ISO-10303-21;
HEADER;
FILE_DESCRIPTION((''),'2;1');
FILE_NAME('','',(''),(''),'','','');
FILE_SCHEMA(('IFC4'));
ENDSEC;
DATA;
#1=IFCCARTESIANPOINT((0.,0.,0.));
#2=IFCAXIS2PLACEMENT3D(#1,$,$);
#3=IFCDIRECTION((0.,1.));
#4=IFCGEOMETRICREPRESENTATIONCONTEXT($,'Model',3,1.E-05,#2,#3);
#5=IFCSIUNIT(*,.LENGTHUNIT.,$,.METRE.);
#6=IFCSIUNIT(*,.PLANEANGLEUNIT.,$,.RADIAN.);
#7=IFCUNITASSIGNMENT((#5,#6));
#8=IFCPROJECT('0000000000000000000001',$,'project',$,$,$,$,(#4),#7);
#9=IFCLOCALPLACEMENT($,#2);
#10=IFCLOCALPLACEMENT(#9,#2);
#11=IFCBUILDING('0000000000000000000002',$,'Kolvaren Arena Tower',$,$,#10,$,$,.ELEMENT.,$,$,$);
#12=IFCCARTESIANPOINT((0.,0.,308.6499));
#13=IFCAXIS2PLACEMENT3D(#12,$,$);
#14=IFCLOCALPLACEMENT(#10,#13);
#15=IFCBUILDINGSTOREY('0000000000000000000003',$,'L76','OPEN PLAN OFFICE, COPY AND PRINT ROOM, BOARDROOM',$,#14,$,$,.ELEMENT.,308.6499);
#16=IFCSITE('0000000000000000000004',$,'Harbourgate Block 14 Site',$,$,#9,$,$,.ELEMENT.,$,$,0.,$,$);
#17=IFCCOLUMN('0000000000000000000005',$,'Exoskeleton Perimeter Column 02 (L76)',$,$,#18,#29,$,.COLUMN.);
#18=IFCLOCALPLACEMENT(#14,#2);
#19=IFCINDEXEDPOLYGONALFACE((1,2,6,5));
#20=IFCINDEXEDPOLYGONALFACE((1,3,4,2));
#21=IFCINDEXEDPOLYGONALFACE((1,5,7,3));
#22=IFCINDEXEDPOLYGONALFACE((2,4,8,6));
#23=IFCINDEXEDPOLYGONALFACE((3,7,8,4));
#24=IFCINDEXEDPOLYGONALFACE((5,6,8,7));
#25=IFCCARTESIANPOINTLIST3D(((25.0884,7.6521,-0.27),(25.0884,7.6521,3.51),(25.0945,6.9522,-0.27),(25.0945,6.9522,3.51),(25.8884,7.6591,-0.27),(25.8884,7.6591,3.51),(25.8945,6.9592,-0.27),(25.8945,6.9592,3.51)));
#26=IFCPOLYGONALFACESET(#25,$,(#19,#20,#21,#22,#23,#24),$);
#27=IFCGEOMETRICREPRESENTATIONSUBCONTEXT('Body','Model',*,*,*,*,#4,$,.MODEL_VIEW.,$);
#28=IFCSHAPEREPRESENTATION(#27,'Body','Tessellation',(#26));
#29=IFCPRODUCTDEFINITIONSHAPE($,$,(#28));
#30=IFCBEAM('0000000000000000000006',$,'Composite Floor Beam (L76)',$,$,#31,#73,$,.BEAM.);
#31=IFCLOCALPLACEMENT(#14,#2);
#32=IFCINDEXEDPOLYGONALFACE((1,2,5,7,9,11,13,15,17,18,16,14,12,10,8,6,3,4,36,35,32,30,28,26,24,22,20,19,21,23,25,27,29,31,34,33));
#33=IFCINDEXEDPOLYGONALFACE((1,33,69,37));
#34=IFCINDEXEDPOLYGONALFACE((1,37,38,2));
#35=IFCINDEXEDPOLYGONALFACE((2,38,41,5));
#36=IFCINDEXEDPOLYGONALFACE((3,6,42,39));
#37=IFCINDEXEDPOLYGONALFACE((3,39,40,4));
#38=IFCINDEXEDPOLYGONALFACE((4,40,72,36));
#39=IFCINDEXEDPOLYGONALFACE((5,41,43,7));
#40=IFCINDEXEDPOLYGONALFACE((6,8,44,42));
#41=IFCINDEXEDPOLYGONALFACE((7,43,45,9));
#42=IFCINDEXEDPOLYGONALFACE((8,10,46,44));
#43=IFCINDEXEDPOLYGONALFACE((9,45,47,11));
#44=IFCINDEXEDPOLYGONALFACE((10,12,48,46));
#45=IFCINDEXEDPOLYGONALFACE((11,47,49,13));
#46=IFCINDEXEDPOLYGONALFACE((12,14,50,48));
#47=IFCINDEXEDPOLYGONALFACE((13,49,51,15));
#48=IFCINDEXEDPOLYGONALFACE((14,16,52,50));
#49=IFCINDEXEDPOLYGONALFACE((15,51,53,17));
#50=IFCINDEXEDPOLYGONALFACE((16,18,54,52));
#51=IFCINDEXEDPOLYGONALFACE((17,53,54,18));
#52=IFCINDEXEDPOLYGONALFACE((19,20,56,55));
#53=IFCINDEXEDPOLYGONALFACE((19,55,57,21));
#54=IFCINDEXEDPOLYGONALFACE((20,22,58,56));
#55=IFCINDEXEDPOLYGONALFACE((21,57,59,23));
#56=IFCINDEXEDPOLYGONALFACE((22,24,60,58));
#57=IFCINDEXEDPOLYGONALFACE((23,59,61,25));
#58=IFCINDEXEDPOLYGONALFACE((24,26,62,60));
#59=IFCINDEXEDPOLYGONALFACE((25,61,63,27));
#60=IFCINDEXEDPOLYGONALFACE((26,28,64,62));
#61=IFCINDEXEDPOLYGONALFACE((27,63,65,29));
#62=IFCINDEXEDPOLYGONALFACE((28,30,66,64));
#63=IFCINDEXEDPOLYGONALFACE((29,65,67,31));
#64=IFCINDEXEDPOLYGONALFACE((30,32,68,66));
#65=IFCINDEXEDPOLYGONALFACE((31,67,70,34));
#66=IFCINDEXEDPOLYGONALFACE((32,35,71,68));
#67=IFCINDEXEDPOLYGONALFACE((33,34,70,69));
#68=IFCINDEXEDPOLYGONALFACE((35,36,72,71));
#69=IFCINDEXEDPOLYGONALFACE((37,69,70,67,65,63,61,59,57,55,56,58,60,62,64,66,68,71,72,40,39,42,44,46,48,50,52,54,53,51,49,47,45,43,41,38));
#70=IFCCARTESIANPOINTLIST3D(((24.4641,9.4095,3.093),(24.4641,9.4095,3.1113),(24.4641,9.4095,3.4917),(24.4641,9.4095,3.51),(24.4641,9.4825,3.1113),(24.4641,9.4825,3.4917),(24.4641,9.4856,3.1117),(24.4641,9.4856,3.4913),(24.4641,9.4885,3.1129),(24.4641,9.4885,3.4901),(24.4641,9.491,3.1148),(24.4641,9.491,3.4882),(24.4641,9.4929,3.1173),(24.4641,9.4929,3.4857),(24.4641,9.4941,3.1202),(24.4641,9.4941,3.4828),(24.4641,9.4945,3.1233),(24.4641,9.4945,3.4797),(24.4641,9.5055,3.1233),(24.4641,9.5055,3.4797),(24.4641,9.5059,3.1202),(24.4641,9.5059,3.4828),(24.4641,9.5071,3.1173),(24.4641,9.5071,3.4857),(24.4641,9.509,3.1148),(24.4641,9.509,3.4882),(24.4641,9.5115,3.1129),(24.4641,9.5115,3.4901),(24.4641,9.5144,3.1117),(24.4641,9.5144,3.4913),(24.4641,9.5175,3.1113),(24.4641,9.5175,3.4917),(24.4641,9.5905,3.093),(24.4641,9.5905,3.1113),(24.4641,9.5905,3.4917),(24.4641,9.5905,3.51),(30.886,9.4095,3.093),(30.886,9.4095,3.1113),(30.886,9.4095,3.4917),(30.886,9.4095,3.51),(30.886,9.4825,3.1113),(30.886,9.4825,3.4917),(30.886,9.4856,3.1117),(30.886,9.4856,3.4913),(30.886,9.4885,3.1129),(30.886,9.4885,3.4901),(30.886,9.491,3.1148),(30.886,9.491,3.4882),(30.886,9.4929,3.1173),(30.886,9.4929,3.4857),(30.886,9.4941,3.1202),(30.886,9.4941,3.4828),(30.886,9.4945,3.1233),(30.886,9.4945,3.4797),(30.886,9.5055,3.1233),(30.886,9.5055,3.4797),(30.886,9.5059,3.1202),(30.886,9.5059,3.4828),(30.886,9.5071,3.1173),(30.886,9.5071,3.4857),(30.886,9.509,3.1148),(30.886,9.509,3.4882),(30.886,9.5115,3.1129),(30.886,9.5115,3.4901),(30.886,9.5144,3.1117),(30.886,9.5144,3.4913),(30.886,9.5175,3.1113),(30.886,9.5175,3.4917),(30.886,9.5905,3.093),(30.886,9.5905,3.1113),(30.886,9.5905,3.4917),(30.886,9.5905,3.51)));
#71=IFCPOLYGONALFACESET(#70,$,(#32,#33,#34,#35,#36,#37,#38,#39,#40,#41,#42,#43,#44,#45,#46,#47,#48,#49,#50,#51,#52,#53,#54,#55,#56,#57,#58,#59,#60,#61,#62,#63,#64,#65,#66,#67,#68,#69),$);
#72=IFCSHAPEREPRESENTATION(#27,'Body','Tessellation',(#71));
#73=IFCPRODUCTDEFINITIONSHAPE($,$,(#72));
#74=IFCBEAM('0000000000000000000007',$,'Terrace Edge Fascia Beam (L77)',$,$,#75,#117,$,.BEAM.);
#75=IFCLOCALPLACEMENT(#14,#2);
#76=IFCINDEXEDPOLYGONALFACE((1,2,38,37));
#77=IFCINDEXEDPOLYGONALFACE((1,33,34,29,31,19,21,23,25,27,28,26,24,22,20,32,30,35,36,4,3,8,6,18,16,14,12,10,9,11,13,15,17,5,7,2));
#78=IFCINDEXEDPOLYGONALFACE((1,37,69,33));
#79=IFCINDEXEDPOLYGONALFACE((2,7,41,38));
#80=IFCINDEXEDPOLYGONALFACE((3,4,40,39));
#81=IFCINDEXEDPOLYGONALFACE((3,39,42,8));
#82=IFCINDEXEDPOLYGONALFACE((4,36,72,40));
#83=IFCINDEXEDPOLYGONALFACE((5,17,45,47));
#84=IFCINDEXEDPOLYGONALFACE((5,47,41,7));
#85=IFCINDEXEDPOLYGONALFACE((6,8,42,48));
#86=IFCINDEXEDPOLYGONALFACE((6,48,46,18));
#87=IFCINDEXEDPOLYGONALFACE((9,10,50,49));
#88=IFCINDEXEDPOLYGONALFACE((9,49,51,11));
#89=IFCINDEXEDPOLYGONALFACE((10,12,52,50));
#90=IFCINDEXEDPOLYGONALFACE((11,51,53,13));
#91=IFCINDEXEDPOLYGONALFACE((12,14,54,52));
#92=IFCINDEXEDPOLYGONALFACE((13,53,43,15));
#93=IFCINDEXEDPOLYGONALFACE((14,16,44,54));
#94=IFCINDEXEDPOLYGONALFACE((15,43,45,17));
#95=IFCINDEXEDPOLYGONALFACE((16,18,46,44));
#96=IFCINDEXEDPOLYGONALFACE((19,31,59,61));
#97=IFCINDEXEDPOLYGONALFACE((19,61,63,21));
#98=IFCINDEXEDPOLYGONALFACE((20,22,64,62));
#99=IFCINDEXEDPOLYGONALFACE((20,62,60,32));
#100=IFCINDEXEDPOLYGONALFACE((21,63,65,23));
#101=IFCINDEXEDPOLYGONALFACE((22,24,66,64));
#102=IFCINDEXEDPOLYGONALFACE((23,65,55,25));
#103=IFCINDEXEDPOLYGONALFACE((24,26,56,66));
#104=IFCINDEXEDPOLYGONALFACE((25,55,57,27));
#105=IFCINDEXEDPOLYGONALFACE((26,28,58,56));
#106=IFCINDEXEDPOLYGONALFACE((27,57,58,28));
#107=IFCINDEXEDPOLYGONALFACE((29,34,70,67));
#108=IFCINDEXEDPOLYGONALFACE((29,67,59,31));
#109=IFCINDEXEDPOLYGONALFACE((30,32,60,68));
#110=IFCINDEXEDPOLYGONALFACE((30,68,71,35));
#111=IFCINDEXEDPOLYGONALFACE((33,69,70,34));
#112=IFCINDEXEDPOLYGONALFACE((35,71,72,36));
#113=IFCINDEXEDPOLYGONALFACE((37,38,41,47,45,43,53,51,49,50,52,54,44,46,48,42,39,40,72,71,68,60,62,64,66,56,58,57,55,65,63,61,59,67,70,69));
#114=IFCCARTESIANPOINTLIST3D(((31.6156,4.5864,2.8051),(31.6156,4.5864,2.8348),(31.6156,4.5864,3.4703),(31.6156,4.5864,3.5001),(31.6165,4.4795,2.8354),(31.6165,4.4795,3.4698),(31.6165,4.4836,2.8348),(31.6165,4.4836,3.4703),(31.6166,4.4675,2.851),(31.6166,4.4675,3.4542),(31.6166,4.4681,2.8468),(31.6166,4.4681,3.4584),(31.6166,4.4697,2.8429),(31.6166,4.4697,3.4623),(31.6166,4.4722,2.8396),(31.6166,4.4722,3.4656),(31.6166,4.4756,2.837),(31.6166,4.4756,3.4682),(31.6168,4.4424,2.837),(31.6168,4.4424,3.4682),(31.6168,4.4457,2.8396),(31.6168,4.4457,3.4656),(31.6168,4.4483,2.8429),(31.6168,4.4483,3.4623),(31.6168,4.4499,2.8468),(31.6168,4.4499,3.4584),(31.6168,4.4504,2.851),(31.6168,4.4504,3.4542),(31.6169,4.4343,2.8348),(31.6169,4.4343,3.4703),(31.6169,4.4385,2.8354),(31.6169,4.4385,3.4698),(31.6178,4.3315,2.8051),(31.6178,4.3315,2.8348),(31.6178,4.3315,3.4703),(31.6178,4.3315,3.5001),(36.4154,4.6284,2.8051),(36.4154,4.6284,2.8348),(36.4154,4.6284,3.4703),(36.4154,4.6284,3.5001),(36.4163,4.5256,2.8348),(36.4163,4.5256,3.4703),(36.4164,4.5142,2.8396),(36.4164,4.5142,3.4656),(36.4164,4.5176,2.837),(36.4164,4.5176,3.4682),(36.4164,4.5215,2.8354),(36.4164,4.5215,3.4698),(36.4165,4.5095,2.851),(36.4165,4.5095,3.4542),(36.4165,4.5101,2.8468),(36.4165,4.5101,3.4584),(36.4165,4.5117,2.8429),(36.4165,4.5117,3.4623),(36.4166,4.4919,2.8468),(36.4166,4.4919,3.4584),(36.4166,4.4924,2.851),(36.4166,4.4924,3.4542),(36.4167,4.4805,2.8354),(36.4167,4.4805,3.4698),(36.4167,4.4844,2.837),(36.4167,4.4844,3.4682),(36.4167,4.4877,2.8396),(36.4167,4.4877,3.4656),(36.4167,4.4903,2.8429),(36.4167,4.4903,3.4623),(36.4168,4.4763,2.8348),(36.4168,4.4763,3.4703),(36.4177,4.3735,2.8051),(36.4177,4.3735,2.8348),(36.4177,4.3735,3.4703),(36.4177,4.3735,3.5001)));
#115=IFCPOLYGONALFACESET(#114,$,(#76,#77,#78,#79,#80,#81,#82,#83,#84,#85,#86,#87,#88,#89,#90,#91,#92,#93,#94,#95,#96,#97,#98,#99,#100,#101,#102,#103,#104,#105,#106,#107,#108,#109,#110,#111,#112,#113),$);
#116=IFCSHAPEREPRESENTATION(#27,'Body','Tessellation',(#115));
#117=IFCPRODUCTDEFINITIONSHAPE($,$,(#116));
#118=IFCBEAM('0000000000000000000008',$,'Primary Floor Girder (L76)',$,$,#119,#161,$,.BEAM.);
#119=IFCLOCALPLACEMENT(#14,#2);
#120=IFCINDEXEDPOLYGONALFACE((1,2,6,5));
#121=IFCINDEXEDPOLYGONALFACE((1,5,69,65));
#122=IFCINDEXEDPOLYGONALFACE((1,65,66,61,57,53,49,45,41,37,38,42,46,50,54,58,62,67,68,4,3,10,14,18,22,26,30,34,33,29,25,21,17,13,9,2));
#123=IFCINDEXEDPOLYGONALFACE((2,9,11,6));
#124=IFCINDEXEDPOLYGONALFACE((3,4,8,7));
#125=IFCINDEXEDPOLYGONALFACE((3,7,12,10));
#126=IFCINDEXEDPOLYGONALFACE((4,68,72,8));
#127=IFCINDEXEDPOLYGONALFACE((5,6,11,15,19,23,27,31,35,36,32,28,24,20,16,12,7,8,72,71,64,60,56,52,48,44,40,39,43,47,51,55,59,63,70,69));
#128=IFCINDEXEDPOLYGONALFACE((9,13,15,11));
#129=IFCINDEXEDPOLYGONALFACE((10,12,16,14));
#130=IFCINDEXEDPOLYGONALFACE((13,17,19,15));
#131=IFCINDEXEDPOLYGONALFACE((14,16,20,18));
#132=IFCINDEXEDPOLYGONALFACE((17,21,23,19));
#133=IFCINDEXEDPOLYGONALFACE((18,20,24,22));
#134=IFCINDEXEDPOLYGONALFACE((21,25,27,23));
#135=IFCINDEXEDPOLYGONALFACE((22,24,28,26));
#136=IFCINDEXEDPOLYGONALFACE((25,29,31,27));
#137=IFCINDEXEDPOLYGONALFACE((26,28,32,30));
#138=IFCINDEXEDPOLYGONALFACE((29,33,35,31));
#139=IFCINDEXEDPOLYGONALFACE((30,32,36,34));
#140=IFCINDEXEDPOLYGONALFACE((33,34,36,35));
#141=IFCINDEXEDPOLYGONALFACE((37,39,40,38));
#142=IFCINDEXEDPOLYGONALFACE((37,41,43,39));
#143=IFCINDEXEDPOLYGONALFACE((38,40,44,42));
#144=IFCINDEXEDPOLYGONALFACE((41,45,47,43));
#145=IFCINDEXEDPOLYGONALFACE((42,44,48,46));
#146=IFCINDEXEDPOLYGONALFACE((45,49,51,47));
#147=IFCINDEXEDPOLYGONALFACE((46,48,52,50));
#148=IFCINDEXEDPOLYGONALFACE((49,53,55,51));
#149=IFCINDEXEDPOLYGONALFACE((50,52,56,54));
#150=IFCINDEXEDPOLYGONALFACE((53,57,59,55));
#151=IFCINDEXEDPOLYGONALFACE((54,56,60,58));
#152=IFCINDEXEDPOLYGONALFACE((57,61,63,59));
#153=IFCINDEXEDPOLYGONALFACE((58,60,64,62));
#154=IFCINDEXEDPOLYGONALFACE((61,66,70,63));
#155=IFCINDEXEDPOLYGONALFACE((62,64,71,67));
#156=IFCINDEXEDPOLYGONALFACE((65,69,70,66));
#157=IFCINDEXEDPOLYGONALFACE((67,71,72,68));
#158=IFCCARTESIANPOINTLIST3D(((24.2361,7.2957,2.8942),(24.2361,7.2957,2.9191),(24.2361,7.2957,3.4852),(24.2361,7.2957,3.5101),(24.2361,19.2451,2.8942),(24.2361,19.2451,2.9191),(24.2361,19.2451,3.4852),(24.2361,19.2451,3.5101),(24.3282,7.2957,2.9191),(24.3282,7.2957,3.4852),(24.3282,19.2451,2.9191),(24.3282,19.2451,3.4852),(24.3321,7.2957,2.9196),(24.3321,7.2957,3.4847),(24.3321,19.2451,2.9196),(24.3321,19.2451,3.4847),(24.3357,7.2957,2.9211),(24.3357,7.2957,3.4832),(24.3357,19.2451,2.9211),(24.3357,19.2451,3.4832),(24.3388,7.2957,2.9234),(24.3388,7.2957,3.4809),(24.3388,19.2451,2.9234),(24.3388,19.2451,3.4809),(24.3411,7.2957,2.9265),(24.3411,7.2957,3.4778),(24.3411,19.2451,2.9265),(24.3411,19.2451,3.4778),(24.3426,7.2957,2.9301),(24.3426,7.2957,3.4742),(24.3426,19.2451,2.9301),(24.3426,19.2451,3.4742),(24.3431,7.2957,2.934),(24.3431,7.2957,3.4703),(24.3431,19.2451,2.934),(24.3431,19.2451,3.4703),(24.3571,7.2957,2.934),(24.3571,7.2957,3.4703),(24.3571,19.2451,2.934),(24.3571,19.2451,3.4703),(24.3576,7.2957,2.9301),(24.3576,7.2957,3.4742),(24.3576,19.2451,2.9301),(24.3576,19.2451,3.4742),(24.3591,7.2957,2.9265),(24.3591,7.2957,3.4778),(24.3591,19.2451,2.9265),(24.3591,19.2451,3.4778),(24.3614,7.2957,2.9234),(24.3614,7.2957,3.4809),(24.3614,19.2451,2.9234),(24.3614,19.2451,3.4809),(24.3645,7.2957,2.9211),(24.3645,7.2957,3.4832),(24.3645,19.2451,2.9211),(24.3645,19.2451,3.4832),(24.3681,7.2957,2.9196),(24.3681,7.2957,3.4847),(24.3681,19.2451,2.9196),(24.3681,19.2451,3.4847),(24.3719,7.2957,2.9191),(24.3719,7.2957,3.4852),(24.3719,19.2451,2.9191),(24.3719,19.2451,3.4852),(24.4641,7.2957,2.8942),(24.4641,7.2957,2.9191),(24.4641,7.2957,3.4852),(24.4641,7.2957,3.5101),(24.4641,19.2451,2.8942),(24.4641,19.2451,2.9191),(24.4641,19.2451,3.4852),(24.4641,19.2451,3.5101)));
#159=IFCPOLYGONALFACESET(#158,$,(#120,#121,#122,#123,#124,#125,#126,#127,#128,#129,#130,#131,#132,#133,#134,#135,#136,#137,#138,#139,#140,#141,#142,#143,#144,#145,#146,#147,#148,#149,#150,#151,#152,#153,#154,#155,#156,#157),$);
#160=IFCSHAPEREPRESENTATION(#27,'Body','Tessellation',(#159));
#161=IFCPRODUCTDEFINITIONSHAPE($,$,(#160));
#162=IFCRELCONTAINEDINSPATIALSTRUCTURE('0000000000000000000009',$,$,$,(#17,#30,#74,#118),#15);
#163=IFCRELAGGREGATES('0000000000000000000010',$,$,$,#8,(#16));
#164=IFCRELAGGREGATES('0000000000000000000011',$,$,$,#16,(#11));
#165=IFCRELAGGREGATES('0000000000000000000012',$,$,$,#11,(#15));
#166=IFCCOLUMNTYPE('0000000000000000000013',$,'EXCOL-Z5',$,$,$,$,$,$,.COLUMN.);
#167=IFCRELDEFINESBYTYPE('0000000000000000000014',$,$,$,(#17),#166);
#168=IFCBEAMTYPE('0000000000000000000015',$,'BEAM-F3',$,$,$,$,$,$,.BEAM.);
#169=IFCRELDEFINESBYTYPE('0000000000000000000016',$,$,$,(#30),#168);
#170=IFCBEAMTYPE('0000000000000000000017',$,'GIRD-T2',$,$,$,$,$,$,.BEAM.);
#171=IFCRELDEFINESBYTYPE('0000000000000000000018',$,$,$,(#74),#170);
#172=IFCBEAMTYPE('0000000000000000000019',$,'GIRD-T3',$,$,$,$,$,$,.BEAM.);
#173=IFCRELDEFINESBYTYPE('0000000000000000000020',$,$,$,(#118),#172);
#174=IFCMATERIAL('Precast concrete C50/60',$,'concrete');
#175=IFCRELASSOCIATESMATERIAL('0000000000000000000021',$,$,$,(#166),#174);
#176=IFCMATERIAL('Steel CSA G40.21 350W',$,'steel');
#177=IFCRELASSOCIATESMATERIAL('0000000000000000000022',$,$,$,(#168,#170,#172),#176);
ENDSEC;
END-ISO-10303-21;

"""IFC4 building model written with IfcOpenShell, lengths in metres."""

from ifc_helpers import new_model, si_unit, direction, frame, origin, origin_2d, place, context, subcontext, project, spatial, rectangle, i_section, extrude, material, material_profile, profile_set, type_object, element, save


model = new_model("IFC4")

# Units and contexts
model_context = context("Model", 3, precision=1e-05, world=origin(), true_north=direction((0.0, 1.0)))
body_context = subcontext(model_context, "Body", "Model", "MODEL_VIEW")
ifc_project = project(units=[si_unit("LENGTHUNIT", "METRE"), si_unit("PLANEANGLEUNIT", "RADIAN")], contexts=[model_context])

# Site, building, storey
site_placement = place(None, origin())
site = spatial("IfcSite", under=ifc_project, at=site_placement, Name="Harbourgate Block 14 Site", CompositionType="ELEMENT", RefElevation=0.0)
building_placement = place(site_placement, origin())
building = spatial("IfcBuilding", under=site, at=building_placement, Name="Kolvaren Arena Tower", CompositionType="ELEMENT")
storey_placement = place(building_placement, frame((0.0, 0.0, 308.6499)))
storey = spatial("IfcBuildingStorey", under=building, at=storey_placement, Name="L76", Description="OPEN PLAN OFFICE, COPY AND PRINT ROOM, BOARDROOM", CompositionType="ELEMENT", Elevation=308.6499)

# Column
ifc_material_1 = material(Name="Precast concrete C50/60", Category="concrete")
ifc_material_profile_1 = material_profile(ifc_material_1, rectangle(XDim=0.8, YDim=0.7, at=origin_2d()), Name="RC-800x700")
ifc_profile_set_1 = profile_set([ifc_material_profile_1], Name="Precast concrete C50/60")
column_type = type_object("IfcColumnType", Name="EXCOL-Z5", PredefinedType="COLUMN", material=ifc_profile_set_1)
column_placement = place(storey_placement, frame((25.4915, 7.3057, -0.27), z_axis=(0.0, 0.0, 1.0), x_axis=(0.999962, 0.008727, 0.0)))
element("IfcColumn", 1, at=column_placement, inside=storey, type_object=column_type, Name="Exoskeleton Perimeter Column 02 (L76)", PredefinedType="COLUMN", context=body_context, shape_type="SweptSolid", body=[
    extrude(rectangle(XDim=0.8, YDim=0.7, at=origin_2d()), origin(), (0.0, 0.0, 1.0), 3.78),
])

# Beams
ifc_material_2 = material(Name="Steel CSA G40.21 350W", Category="steel")
ifc_material_profile_2 = material_profile(ifc_material_2, i_section(OverallWidth=0.1809, OverallDepth=0.417, WebThickness=0.011, FlangeThickness=0.0183, FilletRadius=0.012, at=origin_2d()), Name="W410x85")
ifc_profile_set_2 = profile_set([ifc_material_profile_2], Name="Steel CSA G40.21 350W")
beam_type_1 = type_object("IfcBeamType", Name="BEAM-F3", PredefinedType="BEAM", material=ifc_profile_set_2)
beam_1_placement = place(storey_placement, frame((24.4641, 9.5, 3.3015), z_axis=(1.0, 0.0, 0.0), x_axis=(0.0, 1.0, 0.0)))
element("IfcBeam", 2, at=beam_1_placement, inside=storey, type_object=beam_type_1, Name="Composite Floor Beam (L76)", PredefinedType="BEAM", context=body_context, shape_type="SweptSolid", body=[
    extrude(i_section(OverallWidth=0.1809, OverallDepth=0.417, WebThickness=0.011, FlangeThickness=0.0183, FilletRadius=0.012, at=origin_2d()), origin(), (0.0, 0.0, 1.0), 6.4219),
])
ifc_material_profile_3 = material_profile(ifc_material_2, i_section(OverallWidth=0.2549, OverallDepth=0.6951, WebThickness=0.0171, FlangeThickness=0.0298, FilletRadius=0.0161, at=origin_2d()), Name="W690x217")
ifc_profile_set_3 = profile_set([ifc_material_profile_3], Name="Steel CSA G40.21 350W")
beam_type_2 = type_object("IfcBeamType", Name="GIRD-T2", PredefinedType="BEAM", material=ifc_profile_set_3)
beam_2_placement = place(storey_placement, frame((31.6167, 4.459, 3.1526), z_axis=(0.999962, 0.008748, 0.0), x_axis=(-0.008748, 0.999962, 0.0)))
element("IfcBeam", 3, at=beam_2_placement, inside=storey, type_object=beam_type_2, Name="Terrace Edge Fascia Beam (L77)", PredefinedType="BEAM", context=body_context, shape_type="SweptSolid", body=[
    extrude(i_section(OverallWidth=0.2549, OverallDepth=0.6951, WebThickness=0.0171, FlangeThickness=0.0298, FilletRadius=0.0161, at=origin_2d()), origin(), (0.0, 0.0, 1.0), 4.8),
])
ifc_material_profile_4 = material_profile(ifc_material_2, i_section(OverallWidth=0.228, OverallDepth=0.616, WebThickness=0.0139, FlangeThickness=0.0249, FilletRadius=0.0149, at=origin_2d()), Name="W610x174")
ifc_profile_set_4 = profile_set([ifc_material_profile_4], Name="Steel CSA G40.21 350W")
beam_type_3 = type_object("IfcBeamType", Name="GIRD-T3", PredefinedType="BEAM", material=ifc_profile_set_4)
beam_3_placement = place(storey_placement, frame((24.3501, 7.2957, 3.2021), z_axis=(0.0, 1.0, 0.0), x_axis=(-1.0, 0.0, 0.0)))
element("IfcBeam", 4, at=beam_3_placement, inside=storey, type_object=beam_type_3, Name="Primary Floor Girder (L76)", PredefinedType="BEAM", context=body_context, shape_type="SweptSolid", body=[
    extrude(i_section(OverallWidth=0.228, OverallDepth=0.616, WebThickness=0.0139, FlangeThickness=0.0249, FilletRadius=0.0149, at=origin_2d()), origin(), (0.0, 0.0, 1.0), 11.9495),
])

save(model, "model.ifc")
